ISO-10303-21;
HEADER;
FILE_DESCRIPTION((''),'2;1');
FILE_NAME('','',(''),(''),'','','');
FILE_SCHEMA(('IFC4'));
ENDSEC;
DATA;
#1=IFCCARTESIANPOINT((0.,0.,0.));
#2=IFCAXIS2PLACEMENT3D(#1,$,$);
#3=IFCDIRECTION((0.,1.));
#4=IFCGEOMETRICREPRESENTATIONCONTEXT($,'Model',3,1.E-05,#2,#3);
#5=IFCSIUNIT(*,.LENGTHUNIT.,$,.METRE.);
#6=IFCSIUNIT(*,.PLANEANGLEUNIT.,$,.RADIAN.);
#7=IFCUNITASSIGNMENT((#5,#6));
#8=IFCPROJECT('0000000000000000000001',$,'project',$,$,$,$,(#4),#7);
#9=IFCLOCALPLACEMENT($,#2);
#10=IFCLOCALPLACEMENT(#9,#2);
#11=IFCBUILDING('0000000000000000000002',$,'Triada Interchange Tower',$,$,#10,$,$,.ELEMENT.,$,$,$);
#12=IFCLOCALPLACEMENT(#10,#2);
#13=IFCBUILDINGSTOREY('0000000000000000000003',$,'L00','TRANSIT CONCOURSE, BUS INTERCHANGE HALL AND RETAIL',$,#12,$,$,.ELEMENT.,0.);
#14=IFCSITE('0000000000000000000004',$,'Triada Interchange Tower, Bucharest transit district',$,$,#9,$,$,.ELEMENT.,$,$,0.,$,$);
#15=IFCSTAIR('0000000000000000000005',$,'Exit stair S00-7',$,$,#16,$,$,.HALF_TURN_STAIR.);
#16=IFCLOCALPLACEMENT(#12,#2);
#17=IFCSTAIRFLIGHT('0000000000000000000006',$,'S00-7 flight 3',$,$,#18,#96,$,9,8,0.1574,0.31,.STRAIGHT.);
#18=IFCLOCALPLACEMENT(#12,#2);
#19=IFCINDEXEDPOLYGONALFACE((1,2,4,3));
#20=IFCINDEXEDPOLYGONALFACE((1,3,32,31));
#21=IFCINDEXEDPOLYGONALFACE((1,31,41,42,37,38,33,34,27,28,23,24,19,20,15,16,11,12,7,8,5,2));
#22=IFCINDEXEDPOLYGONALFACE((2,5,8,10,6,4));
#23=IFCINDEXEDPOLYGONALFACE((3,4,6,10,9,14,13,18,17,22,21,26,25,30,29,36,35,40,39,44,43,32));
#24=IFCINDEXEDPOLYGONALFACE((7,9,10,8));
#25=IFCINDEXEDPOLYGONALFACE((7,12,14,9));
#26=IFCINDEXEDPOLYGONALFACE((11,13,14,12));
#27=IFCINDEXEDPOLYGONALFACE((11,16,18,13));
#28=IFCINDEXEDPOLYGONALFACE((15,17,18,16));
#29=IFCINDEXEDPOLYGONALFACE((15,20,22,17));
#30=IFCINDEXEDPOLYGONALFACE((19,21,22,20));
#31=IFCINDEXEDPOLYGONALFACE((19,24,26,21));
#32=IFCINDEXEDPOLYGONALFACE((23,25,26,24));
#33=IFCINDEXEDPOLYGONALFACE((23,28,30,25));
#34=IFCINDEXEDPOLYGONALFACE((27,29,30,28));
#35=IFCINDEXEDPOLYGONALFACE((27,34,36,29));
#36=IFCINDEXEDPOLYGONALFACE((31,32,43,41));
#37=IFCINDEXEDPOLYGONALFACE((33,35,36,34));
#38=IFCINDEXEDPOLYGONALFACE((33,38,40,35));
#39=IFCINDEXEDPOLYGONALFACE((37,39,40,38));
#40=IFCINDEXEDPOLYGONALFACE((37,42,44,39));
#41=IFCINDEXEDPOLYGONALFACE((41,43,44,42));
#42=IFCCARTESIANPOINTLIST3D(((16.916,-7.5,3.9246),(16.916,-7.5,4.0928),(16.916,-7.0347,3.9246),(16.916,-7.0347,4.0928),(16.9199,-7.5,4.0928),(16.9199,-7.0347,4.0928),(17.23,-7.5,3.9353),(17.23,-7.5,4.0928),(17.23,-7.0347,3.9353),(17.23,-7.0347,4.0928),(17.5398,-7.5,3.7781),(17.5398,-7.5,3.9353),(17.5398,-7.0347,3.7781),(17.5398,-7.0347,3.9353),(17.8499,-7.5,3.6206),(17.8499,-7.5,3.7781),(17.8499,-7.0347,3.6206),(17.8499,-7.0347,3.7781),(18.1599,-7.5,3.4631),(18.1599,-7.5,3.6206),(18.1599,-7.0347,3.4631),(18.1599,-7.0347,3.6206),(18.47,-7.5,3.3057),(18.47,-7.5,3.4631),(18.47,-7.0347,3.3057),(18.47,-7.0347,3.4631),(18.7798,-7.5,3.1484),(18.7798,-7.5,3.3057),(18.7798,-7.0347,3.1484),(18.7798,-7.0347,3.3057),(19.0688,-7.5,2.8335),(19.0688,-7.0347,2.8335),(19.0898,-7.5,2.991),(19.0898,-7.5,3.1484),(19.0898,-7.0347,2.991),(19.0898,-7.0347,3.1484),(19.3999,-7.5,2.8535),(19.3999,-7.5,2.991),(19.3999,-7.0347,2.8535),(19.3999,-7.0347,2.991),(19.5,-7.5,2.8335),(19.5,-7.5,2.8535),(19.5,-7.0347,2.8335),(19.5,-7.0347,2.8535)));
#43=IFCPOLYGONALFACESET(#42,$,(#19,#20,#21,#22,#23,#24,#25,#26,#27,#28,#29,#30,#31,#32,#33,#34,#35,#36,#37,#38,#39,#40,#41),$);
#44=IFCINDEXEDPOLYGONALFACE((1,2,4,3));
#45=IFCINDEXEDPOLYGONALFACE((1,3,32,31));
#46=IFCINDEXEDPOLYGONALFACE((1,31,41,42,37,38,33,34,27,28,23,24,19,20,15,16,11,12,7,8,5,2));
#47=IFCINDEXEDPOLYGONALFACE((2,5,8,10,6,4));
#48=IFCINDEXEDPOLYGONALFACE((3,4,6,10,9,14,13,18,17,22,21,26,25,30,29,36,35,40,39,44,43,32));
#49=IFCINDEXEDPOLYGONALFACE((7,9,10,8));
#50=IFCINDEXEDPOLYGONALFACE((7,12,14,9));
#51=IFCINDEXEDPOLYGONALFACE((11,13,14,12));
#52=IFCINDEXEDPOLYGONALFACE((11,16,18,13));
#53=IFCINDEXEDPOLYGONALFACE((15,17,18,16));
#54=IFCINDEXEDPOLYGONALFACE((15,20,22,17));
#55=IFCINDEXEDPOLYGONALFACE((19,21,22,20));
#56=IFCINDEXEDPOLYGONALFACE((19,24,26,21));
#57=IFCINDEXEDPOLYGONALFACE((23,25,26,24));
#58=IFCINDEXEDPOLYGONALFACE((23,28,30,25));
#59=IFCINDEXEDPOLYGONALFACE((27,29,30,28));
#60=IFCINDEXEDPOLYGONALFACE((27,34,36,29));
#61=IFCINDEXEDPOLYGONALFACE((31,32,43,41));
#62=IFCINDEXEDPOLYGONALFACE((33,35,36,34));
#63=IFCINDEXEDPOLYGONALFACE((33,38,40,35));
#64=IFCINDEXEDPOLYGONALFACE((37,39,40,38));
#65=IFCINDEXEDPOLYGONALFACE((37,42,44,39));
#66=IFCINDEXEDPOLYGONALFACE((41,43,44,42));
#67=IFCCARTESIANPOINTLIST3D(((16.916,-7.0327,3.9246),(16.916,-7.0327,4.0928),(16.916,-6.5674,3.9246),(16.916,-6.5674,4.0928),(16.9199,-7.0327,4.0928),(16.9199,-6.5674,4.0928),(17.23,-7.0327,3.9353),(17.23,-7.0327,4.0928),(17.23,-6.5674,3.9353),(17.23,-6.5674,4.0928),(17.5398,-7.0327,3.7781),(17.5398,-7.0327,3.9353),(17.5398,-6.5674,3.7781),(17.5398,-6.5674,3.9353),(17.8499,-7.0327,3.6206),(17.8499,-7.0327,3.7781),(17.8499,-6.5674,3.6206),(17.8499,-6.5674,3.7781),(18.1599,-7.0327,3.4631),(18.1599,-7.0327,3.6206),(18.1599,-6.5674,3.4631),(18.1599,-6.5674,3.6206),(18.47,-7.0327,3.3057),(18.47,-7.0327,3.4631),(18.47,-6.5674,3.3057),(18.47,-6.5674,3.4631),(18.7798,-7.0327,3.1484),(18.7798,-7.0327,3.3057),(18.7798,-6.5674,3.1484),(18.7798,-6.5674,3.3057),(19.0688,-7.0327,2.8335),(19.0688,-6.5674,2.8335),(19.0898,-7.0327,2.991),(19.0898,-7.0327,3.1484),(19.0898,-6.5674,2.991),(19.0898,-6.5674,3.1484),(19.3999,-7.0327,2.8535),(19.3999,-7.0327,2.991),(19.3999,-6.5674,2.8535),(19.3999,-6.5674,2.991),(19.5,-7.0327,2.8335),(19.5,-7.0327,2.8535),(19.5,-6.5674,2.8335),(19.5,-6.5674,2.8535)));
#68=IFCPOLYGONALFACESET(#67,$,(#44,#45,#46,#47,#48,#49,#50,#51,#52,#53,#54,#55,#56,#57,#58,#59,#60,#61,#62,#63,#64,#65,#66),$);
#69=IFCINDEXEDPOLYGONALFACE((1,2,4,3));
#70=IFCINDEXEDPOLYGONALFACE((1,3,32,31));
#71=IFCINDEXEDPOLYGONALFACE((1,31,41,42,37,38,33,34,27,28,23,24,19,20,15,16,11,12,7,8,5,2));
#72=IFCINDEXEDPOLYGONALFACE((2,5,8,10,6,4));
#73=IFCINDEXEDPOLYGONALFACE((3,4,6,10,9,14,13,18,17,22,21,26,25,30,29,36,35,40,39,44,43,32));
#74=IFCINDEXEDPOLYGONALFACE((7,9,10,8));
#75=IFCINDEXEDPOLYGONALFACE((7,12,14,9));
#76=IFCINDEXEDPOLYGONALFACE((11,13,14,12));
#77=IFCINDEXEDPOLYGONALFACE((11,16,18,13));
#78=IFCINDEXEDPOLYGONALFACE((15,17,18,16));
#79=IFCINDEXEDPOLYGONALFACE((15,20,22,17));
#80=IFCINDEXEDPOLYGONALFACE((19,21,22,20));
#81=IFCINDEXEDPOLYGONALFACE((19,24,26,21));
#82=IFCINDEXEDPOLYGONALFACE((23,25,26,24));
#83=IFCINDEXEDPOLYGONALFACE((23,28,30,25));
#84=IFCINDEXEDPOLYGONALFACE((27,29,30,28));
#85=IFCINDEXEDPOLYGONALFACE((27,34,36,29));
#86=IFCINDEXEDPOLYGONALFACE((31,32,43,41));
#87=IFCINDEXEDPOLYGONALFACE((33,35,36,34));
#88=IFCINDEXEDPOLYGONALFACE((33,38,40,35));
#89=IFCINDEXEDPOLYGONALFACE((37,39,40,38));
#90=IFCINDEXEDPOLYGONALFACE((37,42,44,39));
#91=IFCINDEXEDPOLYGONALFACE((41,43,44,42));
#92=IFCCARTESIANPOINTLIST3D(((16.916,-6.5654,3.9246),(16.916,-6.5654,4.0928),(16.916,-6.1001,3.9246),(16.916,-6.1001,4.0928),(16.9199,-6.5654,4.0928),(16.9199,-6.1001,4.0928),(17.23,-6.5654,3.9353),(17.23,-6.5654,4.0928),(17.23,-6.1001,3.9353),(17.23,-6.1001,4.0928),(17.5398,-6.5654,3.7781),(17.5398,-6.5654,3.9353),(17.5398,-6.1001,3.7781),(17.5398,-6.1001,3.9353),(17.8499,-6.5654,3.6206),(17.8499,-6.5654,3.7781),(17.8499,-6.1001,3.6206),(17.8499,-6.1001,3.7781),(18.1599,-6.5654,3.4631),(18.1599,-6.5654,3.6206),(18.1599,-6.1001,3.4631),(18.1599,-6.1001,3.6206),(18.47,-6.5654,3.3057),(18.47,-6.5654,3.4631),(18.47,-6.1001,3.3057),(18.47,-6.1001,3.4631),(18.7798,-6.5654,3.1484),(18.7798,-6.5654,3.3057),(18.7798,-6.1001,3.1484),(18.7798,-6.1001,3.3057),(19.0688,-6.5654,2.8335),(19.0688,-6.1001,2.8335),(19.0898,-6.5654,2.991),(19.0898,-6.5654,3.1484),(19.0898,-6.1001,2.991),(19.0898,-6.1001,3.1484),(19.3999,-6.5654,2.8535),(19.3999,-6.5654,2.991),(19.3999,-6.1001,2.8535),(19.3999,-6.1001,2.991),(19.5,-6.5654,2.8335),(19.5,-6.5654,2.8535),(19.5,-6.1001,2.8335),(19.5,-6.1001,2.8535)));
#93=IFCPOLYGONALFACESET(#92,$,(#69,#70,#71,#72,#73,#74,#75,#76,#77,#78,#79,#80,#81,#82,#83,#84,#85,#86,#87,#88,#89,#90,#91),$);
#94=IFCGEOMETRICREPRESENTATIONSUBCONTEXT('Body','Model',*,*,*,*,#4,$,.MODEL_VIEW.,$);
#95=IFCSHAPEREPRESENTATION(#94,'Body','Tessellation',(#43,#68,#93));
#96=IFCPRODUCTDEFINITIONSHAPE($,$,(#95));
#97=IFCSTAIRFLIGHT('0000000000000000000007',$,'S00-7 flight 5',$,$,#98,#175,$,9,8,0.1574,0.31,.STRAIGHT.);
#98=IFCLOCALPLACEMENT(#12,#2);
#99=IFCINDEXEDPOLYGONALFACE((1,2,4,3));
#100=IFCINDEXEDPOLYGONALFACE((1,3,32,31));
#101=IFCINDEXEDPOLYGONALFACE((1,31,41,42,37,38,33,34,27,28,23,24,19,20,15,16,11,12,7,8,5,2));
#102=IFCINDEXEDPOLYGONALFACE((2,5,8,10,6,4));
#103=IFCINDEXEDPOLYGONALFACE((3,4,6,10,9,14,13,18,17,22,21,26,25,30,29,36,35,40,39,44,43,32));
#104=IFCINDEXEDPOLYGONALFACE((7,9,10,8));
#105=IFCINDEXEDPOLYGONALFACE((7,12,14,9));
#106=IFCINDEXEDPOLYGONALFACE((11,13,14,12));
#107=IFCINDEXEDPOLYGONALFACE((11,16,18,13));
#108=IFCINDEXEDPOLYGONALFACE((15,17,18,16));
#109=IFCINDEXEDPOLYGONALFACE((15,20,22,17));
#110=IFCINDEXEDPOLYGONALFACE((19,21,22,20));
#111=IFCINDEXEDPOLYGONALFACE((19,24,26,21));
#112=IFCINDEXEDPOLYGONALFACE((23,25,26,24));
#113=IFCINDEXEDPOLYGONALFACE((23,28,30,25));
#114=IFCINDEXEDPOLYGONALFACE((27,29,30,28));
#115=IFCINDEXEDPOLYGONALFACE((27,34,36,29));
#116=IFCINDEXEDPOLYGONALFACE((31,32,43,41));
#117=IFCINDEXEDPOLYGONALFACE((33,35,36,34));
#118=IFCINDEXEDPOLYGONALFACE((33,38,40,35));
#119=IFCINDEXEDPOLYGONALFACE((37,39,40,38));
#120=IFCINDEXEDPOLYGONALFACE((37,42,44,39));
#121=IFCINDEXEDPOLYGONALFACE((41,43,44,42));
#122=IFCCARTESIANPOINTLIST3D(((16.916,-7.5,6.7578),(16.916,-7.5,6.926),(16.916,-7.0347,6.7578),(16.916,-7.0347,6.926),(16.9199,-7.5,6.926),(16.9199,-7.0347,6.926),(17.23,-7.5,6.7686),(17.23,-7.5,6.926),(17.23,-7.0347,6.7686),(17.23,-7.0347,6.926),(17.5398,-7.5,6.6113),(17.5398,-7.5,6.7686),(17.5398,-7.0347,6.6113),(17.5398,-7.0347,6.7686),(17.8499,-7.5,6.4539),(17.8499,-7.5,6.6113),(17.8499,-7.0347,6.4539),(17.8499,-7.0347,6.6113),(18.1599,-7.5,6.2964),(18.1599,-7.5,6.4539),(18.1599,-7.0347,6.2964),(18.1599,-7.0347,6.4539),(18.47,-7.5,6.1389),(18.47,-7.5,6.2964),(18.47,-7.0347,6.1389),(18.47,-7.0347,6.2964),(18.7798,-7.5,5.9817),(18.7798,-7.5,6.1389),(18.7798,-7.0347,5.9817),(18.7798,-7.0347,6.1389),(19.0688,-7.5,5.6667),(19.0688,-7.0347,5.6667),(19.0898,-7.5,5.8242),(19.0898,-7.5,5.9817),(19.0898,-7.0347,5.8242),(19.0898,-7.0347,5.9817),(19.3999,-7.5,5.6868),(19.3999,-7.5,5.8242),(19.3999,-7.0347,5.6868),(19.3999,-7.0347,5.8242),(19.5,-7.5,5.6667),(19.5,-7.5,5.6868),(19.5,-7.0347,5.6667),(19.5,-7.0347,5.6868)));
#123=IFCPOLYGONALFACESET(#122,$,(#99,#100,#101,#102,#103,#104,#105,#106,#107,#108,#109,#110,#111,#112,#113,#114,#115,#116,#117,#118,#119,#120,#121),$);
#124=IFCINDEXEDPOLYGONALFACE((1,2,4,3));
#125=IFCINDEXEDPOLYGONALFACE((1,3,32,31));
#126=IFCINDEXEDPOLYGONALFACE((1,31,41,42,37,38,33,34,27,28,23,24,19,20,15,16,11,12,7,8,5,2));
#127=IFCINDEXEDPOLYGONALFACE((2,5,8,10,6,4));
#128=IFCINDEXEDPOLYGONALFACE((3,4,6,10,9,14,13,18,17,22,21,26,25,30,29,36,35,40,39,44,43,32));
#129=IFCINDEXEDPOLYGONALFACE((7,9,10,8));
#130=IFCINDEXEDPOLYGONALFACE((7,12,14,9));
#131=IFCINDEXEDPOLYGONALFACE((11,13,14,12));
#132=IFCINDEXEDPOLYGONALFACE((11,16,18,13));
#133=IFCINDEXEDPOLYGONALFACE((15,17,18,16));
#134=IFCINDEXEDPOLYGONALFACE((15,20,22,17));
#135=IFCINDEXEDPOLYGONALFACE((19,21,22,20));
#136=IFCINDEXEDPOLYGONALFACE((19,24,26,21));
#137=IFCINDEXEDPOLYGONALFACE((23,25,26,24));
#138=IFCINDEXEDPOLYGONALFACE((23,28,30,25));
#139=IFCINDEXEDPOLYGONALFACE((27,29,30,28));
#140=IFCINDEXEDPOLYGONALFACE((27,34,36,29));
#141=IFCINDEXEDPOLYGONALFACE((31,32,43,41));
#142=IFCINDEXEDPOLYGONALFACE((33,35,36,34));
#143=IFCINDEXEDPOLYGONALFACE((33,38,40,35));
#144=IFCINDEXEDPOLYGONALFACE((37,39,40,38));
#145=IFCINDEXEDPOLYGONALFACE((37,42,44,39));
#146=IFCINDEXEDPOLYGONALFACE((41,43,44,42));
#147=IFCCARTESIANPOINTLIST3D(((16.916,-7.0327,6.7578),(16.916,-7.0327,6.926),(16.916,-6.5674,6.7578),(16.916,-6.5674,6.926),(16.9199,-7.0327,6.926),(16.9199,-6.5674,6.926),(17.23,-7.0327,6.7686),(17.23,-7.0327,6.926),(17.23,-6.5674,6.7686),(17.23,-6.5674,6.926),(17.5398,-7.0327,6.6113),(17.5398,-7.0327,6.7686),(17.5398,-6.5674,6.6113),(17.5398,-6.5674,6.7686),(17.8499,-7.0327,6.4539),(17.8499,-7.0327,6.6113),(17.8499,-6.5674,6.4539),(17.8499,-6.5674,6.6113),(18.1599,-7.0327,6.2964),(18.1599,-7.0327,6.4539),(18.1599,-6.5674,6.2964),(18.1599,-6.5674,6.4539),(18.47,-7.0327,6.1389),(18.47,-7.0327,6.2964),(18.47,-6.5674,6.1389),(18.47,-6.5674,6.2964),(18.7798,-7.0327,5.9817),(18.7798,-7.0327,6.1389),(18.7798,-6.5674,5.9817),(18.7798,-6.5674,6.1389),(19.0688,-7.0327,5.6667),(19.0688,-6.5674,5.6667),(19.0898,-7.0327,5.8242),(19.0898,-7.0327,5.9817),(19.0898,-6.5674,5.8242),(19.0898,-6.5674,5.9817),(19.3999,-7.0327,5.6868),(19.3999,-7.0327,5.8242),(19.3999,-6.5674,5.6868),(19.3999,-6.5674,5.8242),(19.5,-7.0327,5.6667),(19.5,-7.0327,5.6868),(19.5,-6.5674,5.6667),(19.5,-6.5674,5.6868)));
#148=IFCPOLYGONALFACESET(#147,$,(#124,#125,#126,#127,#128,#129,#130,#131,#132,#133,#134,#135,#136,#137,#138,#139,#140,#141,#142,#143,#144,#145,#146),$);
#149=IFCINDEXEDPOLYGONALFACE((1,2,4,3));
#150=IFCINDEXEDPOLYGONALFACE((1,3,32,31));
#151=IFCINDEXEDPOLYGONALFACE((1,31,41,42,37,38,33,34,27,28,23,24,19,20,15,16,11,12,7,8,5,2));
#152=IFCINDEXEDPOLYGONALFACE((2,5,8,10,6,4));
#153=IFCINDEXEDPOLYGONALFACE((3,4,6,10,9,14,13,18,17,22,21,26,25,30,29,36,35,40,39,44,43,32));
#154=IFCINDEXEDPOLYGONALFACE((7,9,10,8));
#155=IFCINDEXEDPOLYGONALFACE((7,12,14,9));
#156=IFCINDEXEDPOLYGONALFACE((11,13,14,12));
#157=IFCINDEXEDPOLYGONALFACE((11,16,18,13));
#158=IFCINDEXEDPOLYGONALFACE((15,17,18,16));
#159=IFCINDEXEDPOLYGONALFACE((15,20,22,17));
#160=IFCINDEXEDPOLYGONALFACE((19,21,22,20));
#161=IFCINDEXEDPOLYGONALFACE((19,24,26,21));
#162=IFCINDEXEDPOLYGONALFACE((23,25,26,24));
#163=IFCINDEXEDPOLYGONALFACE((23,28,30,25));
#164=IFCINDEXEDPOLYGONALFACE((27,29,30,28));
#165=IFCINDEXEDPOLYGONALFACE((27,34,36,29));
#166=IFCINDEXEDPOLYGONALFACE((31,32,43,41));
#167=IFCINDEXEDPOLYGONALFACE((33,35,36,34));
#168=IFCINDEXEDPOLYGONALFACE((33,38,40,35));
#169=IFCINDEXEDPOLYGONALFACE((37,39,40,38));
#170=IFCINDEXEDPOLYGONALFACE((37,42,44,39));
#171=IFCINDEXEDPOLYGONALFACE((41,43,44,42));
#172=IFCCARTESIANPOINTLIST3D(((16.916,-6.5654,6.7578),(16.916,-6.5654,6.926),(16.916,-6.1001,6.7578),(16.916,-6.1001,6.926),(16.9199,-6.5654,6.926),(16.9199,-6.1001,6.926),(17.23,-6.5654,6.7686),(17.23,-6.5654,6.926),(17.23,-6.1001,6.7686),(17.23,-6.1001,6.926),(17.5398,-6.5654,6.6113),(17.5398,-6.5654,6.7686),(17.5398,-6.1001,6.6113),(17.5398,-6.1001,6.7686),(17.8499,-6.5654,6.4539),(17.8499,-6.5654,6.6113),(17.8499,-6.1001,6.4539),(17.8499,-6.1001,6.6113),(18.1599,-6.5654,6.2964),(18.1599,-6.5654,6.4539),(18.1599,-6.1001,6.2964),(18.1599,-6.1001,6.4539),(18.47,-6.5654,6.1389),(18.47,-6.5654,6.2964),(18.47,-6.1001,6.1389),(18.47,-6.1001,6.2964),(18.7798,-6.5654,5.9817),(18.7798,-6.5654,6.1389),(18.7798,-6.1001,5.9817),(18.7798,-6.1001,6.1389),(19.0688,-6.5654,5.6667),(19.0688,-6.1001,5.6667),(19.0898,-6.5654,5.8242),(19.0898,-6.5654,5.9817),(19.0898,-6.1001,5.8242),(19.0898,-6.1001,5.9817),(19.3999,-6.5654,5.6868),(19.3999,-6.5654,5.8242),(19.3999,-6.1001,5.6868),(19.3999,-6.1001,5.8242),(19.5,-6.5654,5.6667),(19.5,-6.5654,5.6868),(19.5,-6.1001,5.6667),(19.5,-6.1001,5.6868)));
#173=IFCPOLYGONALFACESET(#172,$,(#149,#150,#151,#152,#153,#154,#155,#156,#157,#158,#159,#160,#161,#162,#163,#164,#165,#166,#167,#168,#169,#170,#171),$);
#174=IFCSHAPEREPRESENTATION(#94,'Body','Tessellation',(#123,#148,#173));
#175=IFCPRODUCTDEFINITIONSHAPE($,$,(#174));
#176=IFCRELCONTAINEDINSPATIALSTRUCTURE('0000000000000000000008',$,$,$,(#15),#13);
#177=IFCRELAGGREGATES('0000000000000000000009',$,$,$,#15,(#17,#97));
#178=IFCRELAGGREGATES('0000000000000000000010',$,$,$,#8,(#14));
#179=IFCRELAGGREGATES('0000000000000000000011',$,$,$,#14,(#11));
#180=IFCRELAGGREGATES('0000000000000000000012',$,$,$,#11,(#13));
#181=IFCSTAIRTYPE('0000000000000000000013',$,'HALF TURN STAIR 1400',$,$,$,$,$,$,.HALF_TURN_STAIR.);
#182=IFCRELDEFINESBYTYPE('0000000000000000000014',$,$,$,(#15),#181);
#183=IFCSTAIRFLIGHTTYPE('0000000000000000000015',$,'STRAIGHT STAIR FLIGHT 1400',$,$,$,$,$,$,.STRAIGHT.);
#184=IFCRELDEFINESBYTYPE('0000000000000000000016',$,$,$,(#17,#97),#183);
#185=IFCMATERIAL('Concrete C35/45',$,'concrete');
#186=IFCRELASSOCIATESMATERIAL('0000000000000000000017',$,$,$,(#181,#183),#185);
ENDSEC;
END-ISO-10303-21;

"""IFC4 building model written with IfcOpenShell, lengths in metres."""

from ifc_helpers import new_model, si_unit, direction, frame, origin, place, context, subcontext, project, spatial, polyline, outline, extrude, material, type_object, element, aggregate, save


model = new_model("IFC4")

# Units and contexts
model_context = context("Model", 3, precision=1e-05, world=origin(), true_north=direction((0.0, 1.0)))
body_context = subcontext(model_context, "Body", "Model", "MODEL_VIEW")
ifc_project = project(units=[si_unit("LENGTHUNIT", "METRE"), si_unit("PLANEANGLEUNIT", "RADIAN")], contexts=[model_context])

# Site, building, storey
site_placement = place(None, origin())
site = spatial("IfcSite", under=ifc_project, at=site_placement, Name="Triada Interchange Tower, Bucharest transit district", CompositionType="ELEMENT", RefElevation=0.0)
building_placement = place(site_placement, origin())
building = spatial("IfcBuilding", under=site, at=building_placement, Name="Triada Interchange Tower", CompositionType="ELEMENT")
storey_placement = place(building_placement, origin())
storey = spatial("IfcBuildingStorey", under=building, at=storey_placement, Name="L00", Description="TRANSIT CONCOURSE, BUS INTERCHANGE HALL AND RETAIL", CompositionType="ELEMENT", Elevation=0.0)

# Shared definitions
ifc_material_1 = material(Name="Concrete C35/45", Category="concrete")

# Stair, stair flights
stair_type = type_object("IfcStairType", Name="HALF TURN STAIR 1400", PredefinedType="HALF_TURN_STAIR", material=ifc_material_1)
stair_placement = place(storey_placement, origin())
stair = element("IfcStair", 1, at=stair_placement, inside=storey, type_object=stair_type, Name="Exit stair S00-7", PredefinedType="HALF_TURN_STAIR")
stair_flight_type = type_object("IfcStairFlightType", Name="STRAIGHT STAIR FLIGHT 1400", PredefinedType="STRAIGHT", material=ifc_material_1)
stair_flight_1_placement = place(storey_placement, frame((19.3999, -6.8, 2.8335), z_axis=(0.0, 0.0, 1.0), x_axis=(-1.0, 0.0, 0.0)))
stair_flight_1 = element("IfcStairFlight", 2, at=stair_flight_1_placement, type_object=stair_flight_type, Name="S00-7 flight 3", NumberOfRisers=9, NumberOfTreads=8, PredefinedType="STRAIGHT", RiserHeight=0.1574, TreadLength=0.31, context=body_context, shape_type="SweptSolid", body=[
    extrude(outline(polyline([(-0.1001, 0.0), (-0.1001, 0.02), (0.0, 0.02), (0.0, 0.1575), (0.3101, 0.1575), (0.3101, 0.3149), (0.6201, 0.3149), (0.6201, 0.4722), (0.9299, 0.4722), (0.9299, 0.6296), (1.24, 0.6296), (1.24, 0.7871), (1.55, 0.7871), (1.55, 0.9446), (1.8601, 0.9446), (1.8601, 1.1018), (2.1699, 1.1018), (2.1699, 1.2593), (2.48, 1.2593), (2.4839, 1.2593), (2.4839, 1.4167), (2.4839, 1.0911), (0.3311, 0.0), (-0.1001, 0.0)])), frame((0.0, 0.7, 0.0), z_axis=(0.0, -1.0, 0.0), x_axis=(1.0, 0.0, 0.0)), (0.0, 0.0, 1.0), 0.4653),
    extrude(outline(polyline([(-0.1001, 0.0), (-0.1001, 0.02), (0.0, 0.02), (0.0, 0.1575), (0.3101, 0.1575), (0.3101, 0.3149), (0.6201, 0.3149), (0.6201, 0.4722), (0.9299, 0.4722), (0.9299, 0.6296), (1.24, 0.6296), (1.24, 0.7871), (1.55, 0.7871), (1.55, 0.9446), (1.8601, 0.9446), (1.8601, 1.1018), (2.1699, 1.1018), (2.1699, 1.2593), (2.48, 1.2593), (2.4839, 1.2593), (2.4839, 1.4167), (2.4839, 1.0911), (0.3311, 0.0), (-0.1001, 0.0)])), frame((0.0, 0.2327, 0.0), z_axis=(0.0, -1.0, 0.0), x_axis=(1.0, 0.0, 0.0)), (0.0, 0.0, 1.0), 0.4653),
    extrude(outline(polyline([(-0.1001, 0.0), (-0.1001, 0.02), (0.0, 0.02), (0.0, 0.1575), (0.3101, 0.1575), (0.3101, 0.3149), (0.6201, 0.3149), (0.6201, 0.4722), (0.9299, 0.4722), (0.9299, 0.6296), (1.24, 0.6296), (1.24, 0.7871), (1.55, 0.7871), (1.55, 0.9446), (1.8601, 0.9446), (1.8601, 1.1018), (2.1699, 1.1018), (2.1699, 1.2593), (2.48, 1.2593), (2.4839, 1.2593), (2.4839, 1.4167), (2.4839, 1.0911), (0.3311, 0.0), (-0.1001, 0.0)])), frame((0.0, -0.2346, 0.0), z_axis=(0.0, -1.0, 0.0), x_axis=(1.0, 0.0, 0.0)), (0.0, 0.0, 1.0), 0.4653),
])
stair_flight_2_placement = place(storey_placement, frame((19.3999, -6.8, 5.6667), z_axis=(0.0, 0.0, 1.0), x_axis=(-1.0, 0.0, 0.0)))
stair_flight_2 = element("IfcStairFlight", 3, at=stair_flight_2_placement, type_object=stair_flight_type, Name="S00-7 flight 5", NumberOfRisers=9, NumberOfTreads=8, PredefinedType="STRAIGHT", RiserHeight=0.1574, TreadLength=0.31, context=body_context, shape_type="SweptSolid", body=[
    extrude(outline(polyline([(-0.1001, 0.0), (-0.1001, 0.02), (0.0, 0.02), (0.0, 0.1575), (0.3101, 0.1575), (0.3101, 0.3149), (0.6201, 0.3149), (0.6201, 0.4722), (0.9299, 0.4722), (0.9299, 0.6296), (1.24, 0.6296), (1.24, 0.7871), (1.55, 0.7871), (1.55, 0.9446), (1.8601, 0.9446), (1.8601, 1.1018), (2.1699, 1.1018), (2.1699, 1.2593), (2.48, 1.2593), (2.4839, 1.2593), (2.4839, 1.4167), (2.4839, 1.0911), (0.3311, 0.0), (-0.1001, 0.0)])), frame((0.0, 0.7, 0.0), z_axis=(0.0, -1.0, 0.0), x_axis=(1.0, 0.0, 0.0)), (0.0, 0.0, 1.0), 0.4653),
    extrude(outline(polyline([(-0.1001, 0.0), (-0.1001, 0.02), (0.0, 0.02), (0.0, 0.1575), (0.3101, 0.1575), (0.3101, 0.3149), (0.6201, 0.3149), (0.6201, 0.4722), (0.9299, 0.4722), (0.9299, 0.6296), (1.24, 0.6296), (1.24, 0.7871), (1.55, 0.7871), (1.55, 0.9446), (1.8601, 0.9446), (1.8601, 1.1018), (2.1699, 1.1018), (2.1699, 1.2593), (2.48, 1.2593), (2.4839, 1.2593), (2.4839, 1.4167), (2.4839, 1.0911), (0.3311, 0.0), (-0.1001, 0.0)])), frame((0.0, 0.2327, 0.0), z_axis=(0.0, -1.0, 0.0), x_axis=(1.0, 0.0, 0.0)), (0.0, 0.0, 1.0), 0.4653),
    extrude(outline(polyline([(-0.1001, 0.0), (-0.1001, 0.02), (0.0, 0.02), (0.0, 0.1575), (0.3101, 0.1575), (0.3101, 0.3149), (0.6201, 0.3149), (0.6201, 0.4722), (0.9299, 0.4722), (0.9299, 0.6296), (1.24, 0.6296), (1.24, 0.7871), (1.55, 0.7871), (1.55, 0.9446), (1.8601, 0.9446), (1.8601, 1.1018), (2.1699, 1.1018), (2.1699, 1.2593), (2.48, 1.2593), (2.4839, 1.2593), (2.4839, 1.4167), (2.4839, 1.0911), (0.3311, 0.0), (-0.1001, 0.0)])), frame((0.0, -0.2346, 0.0), z_axis=(0.0, -1.0, 0.0), x_axis=(1.0, 0.0, 0.0)), (0.0, 0.0, 1.0), 0.4653),
])
aggregate(stair, [stair_flight_1, stair_flight_2])

save(model, "model.ifc")
